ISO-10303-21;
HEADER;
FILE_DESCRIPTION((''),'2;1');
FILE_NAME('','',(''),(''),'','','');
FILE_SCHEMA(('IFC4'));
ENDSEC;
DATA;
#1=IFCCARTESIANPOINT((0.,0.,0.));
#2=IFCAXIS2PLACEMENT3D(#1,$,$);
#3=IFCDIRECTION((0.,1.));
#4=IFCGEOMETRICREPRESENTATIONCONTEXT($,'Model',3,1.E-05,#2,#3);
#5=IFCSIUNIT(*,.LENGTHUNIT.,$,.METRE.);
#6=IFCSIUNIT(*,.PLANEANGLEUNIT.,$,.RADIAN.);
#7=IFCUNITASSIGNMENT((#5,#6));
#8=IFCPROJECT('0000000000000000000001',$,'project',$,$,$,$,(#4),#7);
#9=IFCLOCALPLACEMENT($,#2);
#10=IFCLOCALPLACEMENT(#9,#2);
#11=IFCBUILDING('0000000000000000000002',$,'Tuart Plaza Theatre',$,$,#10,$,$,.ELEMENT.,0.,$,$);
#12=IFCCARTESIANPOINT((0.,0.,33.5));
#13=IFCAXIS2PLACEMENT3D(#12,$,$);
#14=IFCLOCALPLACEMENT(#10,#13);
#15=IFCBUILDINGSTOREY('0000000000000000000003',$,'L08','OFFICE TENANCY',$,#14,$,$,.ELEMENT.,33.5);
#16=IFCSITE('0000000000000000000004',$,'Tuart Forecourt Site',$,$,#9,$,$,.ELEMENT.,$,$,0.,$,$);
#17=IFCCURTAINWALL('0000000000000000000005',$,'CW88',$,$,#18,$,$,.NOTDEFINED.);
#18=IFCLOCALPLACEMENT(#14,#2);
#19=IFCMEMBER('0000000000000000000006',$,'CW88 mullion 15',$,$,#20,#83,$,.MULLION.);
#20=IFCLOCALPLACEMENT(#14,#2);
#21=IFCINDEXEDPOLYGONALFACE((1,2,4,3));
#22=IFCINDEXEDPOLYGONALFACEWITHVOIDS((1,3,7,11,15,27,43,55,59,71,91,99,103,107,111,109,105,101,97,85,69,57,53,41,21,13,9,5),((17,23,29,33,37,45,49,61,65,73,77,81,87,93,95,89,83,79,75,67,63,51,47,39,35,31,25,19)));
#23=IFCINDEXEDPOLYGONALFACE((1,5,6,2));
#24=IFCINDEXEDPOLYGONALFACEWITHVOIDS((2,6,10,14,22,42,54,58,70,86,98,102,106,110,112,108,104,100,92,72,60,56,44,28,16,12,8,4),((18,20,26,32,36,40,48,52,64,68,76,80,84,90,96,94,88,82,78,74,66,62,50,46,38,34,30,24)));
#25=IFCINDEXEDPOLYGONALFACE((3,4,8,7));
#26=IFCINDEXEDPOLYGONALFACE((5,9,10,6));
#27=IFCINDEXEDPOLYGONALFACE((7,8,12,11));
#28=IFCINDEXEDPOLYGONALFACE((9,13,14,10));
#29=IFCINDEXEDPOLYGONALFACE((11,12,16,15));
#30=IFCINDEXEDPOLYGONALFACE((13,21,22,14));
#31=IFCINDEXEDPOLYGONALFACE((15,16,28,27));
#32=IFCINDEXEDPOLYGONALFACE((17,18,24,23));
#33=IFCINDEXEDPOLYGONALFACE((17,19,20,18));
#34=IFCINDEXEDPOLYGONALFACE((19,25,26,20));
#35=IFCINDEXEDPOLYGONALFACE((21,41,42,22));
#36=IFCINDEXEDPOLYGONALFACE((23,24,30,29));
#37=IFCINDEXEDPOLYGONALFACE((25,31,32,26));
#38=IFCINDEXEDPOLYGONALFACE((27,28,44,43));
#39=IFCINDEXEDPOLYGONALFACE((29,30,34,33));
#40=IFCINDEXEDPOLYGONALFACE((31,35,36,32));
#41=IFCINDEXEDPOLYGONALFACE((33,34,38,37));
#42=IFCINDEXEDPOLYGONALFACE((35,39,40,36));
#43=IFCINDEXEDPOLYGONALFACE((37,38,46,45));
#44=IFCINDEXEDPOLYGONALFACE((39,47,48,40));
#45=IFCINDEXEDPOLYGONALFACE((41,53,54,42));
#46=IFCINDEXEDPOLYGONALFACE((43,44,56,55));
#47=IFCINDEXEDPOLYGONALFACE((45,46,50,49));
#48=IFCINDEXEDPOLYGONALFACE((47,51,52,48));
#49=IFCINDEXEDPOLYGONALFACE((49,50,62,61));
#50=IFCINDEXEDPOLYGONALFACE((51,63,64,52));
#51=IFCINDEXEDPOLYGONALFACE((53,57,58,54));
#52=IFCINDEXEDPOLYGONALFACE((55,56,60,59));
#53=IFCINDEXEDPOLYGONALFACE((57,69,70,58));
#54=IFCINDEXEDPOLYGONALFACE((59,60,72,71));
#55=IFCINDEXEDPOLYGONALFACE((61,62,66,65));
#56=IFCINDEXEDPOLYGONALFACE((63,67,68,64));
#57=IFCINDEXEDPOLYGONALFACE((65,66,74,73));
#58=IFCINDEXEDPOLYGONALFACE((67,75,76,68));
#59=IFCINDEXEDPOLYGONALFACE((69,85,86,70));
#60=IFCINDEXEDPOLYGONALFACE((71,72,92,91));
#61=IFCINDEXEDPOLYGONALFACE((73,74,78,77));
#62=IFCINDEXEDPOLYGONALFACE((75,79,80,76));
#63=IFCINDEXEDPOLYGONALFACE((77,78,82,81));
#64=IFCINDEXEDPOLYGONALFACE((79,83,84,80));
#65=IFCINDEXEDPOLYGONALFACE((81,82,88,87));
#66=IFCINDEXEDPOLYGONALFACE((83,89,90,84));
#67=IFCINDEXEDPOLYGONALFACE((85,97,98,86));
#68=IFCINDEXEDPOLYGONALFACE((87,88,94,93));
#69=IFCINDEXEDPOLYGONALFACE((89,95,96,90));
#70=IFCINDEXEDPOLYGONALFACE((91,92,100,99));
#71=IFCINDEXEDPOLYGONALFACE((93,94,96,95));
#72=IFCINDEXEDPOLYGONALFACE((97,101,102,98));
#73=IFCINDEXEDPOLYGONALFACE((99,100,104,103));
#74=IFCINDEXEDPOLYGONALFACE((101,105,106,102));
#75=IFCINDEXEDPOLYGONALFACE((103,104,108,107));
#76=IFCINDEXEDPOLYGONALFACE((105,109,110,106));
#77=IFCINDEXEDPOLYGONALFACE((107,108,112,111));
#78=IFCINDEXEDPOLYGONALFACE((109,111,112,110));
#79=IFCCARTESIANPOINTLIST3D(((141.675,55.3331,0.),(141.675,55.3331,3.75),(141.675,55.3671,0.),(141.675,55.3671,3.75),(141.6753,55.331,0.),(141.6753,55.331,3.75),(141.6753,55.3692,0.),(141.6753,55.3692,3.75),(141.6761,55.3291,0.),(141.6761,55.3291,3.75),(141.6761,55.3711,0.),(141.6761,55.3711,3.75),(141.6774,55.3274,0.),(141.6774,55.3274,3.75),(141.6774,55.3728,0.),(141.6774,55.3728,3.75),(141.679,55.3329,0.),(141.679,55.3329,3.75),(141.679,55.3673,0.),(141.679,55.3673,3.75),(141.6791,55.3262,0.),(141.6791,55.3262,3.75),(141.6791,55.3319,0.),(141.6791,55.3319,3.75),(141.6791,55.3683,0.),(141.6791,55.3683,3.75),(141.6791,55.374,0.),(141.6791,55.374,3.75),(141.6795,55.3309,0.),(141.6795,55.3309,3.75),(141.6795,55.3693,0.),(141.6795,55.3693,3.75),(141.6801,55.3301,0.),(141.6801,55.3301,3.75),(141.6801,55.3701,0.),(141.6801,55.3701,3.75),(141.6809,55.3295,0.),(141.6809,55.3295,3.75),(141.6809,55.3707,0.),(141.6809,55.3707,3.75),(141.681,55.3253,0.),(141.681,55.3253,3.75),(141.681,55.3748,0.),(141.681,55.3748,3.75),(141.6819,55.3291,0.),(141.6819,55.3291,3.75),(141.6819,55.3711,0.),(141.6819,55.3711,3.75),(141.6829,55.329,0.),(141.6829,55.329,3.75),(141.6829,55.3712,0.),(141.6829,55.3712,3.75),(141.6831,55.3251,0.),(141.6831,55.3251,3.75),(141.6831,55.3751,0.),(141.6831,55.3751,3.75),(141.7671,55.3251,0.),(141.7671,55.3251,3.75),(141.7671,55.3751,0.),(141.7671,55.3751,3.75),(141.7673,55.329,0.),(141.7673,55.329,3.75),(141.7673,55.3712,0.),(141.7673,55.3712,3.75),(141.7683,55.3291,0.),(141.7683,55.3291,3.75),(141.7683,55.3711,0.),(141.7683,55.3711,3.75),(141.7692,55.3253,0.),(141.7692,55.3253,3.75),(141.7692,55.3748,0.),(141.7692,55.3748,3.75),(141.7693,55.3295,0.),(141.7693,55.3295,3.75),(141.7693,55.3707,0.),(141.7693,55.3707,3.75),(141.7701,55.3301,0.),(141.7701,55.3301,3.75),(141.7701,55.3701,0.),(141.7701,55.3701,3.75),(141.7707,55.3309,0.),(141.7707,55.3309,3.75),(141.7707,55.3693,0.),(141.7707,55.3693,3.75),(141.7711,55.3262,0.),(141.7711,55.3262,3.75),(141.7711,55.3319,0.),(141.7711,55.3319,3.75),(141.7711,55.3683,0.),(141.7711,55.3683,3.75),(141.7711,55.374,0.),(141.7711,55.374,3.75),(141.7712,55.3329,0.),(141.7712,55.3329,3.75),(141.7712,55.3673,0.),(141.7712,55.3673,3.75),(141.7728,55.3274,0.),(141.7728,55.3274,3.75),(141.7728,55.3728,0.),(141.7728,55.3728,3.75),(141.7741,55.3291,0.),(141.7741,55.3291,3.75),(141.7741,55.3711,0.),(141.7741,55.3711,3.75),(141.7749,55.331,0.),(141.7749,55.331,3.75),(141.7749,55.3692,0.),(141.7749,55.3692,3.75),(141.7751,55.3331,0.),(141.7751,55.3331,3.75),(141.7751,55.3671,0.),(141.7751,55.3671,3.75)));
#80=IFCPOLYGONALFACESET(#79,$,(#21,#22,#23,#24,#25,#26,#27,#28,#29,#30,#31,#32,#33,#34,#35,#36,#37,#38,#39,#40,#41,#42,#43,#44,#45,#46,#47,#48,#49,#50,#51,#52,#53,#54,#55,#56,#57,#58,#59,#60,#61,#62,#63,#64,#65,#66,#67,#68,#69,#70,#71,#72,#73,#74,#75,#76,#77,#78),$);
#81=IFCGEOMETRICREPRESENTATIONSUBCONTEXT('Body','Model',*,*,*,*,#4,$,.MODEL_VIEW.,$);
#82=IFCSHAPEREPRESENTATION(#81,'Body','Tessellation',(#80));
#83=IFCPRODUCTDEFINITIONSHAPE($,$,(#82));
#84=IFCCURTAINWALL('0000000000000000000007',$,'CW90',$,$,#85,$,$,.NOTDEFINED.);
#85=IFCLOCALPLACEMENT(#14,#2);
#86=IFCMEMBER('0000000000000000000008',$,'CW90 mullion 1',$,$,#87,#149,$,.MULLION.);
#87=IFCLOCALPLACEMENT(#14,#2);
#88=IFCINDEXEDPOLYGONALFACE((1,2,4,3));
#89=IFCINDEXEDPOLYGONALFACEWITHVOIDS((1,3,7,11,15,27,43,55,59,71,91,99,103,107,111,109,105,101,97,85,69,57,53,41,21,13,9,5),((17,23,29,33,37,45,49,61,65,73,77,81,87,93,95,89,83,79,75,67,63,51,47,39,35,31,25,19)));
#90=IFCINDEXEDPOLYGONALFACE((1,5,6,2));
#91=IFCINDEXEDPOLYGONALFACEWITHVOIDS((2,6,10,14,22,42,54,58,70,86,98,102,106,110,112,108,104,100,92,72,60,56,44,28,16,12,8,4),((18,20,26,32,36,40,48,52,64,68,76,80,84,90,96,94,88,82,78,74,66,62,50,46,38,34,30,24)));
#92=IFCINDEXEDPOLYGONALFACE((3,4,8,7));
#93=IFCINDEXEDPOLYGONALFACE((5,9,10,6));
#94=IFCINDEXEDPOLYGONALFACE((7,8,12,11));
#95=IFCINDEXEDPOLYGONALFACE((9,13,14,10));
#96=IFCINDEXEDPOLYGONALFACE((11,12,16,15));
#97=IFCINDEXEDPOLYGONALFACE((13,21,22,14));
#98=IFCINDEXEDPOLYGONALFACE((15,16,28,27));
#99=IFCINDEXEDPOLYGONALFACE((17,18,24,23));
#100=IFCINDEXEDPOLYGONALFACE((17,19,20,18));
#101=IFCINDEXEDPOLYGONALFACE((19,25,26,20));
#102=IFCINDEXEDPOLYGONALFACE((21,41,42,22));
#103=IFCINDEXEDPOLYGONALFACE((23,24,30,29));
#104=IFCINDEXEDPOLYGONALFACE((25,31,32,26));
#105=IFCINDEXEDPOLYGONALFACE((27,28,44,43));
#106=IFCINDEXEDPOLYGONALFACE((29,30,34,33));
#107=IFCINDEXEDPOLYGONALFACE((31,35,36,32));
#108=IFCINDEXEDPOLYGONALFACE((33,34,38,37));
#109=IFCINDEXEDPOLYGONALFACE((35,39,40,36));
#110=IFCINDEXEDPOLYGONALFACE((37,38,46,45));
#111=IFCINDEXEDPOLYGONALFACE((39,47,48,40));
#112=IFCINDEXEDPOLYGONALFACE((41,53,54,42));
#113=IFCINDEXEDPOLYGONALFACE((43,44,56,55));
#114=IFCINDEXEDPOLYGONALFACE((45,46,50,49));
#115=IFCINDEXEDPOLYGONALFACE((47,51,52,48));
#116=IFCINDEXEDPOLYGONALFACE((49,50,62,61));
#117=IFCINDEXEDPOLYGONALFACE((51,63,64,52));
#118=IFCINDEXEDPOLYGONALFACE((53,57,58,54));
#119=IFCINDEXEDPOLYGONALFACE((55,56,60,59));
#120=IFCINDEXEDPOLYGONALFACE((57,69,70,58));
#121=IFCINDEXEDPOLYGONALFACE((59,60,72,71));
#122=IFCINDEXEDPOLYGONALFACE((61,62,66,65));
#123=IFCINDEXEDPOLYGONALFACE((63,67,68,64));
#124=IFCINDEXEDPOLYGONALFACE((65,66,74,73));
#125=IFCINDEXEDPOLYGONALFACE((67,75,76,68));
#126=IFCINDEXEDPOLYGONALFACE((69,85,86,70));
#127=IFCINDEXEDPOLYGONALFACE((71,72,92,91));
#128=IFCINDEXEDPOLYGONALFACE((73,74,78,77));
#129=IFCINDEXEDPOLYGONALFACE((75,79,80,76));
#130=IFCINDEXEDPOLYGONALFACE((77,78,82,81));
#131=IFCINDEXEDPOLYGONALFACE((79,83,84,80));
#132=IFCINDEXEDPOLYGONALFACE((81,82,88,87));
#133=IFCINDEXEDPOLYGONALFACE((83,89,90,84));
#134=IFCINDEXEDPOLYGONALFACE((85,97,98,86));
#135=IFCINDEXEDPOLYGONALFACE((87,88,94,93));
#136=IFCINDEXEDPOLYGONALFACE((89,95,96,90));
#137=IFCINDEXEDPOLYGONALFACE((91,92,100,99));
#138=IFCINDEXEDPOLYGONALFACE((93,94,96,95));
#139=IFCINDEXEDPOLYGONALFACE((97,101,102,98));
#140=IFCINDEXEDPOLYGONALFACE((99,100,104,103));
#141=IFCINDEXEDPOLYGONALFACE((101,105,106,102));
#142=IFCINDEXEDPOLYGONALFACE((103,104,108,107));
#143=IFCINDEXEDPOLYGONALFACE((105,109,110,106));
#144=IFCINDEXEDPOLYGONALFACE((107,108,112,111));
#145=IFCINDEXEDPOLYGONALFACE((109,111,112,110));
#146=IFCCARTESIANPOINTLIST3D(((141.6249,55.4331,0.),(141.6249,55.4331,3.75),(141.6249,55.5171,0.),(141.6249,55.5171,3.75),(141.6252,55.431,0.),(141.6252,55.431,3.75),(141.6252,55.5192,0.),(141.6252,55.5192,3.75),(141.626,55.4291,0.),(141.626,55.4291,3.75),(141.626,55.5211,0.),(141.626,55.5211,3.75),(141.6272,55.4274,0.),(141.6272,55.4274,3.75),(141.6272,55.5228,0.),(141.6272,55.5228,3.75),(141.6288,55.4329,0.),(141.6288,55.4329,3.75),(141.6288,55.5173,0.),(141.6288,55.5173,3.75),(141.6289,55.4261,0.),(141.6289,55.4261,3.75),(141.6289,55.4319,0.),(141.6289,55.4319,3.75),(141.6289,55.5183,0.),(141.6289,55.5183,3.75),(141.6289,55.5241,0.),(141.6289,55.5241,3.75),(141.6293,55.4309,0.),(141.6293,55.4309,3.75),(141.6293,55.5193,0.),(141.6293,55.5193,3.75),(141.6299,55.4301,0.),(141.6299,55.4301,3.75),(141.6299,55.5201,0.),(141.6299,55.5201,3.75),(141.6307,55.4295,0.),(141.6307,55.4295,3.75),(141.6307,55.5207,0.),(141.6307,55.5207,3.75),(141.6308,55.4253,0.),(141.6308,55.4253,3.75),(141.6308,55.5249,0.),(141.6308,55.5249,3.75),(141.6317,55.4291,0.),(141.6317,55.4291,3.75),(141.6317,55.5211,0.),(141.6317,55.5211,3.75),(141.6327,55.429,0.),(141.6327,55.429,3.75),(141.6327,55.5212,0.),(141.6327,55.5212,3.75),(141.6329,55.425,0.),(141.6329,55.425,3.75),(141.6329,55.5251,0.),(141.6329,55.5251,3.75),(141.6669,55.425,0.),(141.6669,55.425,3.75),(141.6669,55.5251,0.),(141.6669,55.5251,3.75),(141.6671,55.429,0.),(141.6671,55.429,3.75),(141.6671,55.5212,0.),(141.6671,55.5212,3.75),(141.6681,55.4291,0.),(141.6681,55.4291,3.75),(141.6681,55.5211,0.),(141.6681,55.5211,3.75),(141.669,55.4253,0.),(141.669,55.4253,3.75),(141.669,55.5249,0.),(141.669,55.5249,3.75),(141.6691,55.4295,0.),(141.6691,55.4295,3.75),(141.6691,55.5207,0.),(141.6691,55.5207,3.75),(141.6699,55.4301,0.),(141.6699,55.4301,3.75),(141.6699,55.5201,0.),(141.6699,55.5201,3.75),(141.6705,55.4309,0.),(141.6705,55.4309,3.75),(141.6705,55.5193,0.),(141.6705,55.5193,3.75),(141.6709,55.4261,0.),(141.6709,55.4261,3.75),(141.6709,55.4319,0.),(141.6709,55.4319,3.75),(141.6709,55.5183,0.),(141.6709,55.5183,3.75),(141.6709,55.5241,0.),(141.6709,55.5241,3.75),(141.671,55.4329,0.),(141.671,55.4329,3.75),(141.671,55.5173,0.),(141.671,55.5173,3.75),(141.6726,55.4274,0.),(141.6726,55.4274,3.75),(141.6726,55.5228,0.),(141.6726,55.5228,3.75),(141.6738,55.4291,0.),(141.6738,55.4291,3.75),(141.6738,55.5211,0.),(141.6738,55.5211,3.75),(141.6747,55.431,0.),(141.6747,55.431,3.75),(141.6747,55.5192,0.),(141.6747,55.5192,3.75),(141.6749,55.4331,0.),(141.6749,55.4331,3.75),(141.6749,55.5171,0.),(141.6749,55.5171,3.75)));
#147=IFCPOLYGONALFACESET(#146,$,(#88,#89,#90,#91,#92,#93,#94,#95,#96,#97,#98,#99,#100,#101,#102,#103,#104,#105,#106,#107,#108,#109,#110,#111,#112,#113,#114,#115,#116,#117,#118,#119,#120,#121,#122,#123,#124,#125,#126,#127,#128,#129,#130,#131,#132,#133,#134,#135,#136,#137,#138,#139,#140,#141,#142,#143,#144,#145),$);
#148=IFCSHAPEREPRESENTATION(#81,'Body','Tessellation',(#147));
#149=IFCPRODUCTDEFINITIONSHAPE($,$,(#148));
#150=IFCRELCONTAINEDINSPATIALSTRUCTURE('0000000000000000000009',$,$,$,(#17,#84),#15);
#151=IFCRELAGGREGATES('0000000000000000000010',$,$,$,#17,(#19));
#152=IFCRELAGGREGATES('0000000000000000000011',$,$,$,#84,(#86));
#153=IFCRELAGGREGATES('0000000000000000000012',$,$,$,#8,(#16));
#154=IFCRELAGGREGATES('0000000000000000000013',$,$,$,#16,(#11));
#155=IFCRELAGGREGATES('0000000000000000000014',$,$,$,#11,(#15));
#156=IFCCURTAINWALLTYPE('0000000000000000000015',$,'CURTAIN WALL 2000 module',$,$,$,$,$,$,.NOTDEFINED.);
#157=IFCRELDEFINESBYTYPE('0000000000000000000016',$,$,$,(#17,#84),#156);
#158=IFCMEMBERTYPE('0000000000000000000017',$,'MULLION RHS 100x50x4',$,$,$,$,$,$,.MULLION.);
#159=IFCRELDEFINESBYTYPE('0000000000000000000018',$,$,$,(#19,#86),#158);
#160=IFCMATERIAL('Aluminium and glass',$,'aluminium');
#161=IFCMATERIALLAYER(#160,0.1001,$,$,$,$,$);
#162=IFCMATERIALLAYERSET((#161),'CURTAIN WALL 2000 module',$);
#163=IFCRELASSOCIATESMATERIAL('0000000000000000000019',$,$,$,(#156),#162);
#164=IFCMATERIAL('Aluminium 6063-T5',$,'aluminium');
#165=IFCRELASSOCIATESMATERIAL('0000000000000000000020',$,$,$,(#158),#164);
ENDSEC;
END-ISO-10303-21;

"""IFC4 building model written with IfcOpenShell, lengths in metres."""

from ifc_helpers import new_model, si_unit, direction, frame, origin, origin_2d, place, context, subcontext, project, spatial, hollow_rectangle, extrude, material, layer, layer_set, material_profile, profile_set, type_object, element, aggregate, save


model = new_model("IFC4")

# Units and contexts
model_context = context("Model", 3, precision=1e-05, world=origin(), true_north=direction((0.0, 1.0)))
body_context = subcontext(model_context, "Body", "Model", "MODEL_VIEW")
ifc_project = project(units=[si_unit("LENGTHUNIT", "METRE"), si_unit("PLANEANGLEUNIT", "RADIAN")], contexts=[model_context])

# Site, building, storey
site_placement = place(None, origin())
site = spatial("IfcSite", under=ifc_project, at=site_placement, Name="Tuart Forecourt Site", CompositionType="ELEMENT", RefElevation=0.0)
building_placement = place(site_placement, origin())
building = spatial("IfcBuilding", under=site, at=building_placement, Name="Tuart Plaza Theatre", CompositionType="ELEMENT", ElevationOfRefHeight=0.0)
storey_placement = place(building_placement, frame((0.0, 0.0, 33.5)))
storey = spatial("IfcBuildingStorey", under=building, at=storey_placement, Name="L08", Description="OFFICE TENANCY", CompositionType="ELEMENT", Elevation=33.5)

# Curtain wall, member
ifc_material_1 = material(Name="Aluminium and glass", Category="aluminium")
ifc_layer_1 = layer(ifc_material_1, 0.1001)
ifc_layer_set_1 = layer_set([ifc_layer_1], Name="CURTAIN WALL 2000 module")
curtain_wall_type = type_object("IfcCurtainWallType", Name="CURTAIN WALL 2000 module", PredefinedType="NOTDEFINED", material=ifc_layer_set_1)
curtain_wall_1_placement = place(storey_placement, origin())
curtain_wall_1 = element("IfcCurtainWall", 1, at=curtain_wall_1_placement, inside=storey, type_object=curtain_wall_type, Name="CW88", PredefinedType="NOTDEFINED")
ifc_material_2 = material(Name="Aluminium 6063-T5", Category="aluminium")
ifc_material_profile_1 = material_profile(ifc_material_2, hollow_rectangle(XDim=0.05, YDim=0.1001, WallThickness=0.0039, InnerFilletRadius=0.0039, OuterFilletRadius=0.0081, at=origin_2d()), Name="RHS 100x50x4")
ifc_profile_set_1 = profile_set([ifc_material_profile_1], Name="Aluminium 6063-T5")
member_type_1 = type_object("IfcMemberType", Name="MULLION RHS 100x50x4", PredefinedType="MULLION", material=ifc_profile_set_1)
member_1_placement = place(storey_placement, frame((141.7251, 55.3501, 0.0), z_axis=(0.0, 0.0, 1.0), x_axis=(0.0, 1.0, 0.0)))
member_1 = element("IfcMember", 2, at=member_1_placement, type_object=member_type_1, Name="CW88 mullion 15", PredefinedType="MULLION", context=body_context, shape_type="SweptSolid", body=[
    extrude(hollow_rectangle(XDim=0.05, YDim=0.1001, WallThickness=0.0039, InnerFilletRadius=0.0039, OuterFilletRadius=0.0081, at=origin_2d()), origin(), (0.0, 0.0, 1.0), 3.75),
])
aggregate(curtain_wall_1, [member_1])

# Curtain wall, member
curtain_wall_2_placement = place(storey_placement, origin())
curtain_wall_2 = element("IfcCurtainWall", 3, at=curtain_wall_2_placement, inside=storey, type_object=curtain_wall_type, Name="CW90", PredefinedType="NOTDEFINED")
member_2_placement = place(storey_placement, frame((141.6499, 55.4751, 0.0), z_axis=(0.0, 0.0, 1.0), x_axis=(-1.0, 0.0, 0.0)))
member_2 = element("IfcMember", 4, at=member_2_placement, type_object=member_type_1, Name="CW90 mullion 1", PredefinedType="MULLION", context=body_context, shape_type="SweptSolid", body=[
    extrude(hollow_rectangle(XDim=0.05, YDim=0.1001, WallThickness=0.0039, InnerFilletRadius=0.0039, OuterFilletRadius=0.0081, at=origin_2d()), origin(), (0.0, 0.0, 1.0), 3.75),
])
aggregate(curtain_wall_2, [member_2])

save(model, "model.ifc")
